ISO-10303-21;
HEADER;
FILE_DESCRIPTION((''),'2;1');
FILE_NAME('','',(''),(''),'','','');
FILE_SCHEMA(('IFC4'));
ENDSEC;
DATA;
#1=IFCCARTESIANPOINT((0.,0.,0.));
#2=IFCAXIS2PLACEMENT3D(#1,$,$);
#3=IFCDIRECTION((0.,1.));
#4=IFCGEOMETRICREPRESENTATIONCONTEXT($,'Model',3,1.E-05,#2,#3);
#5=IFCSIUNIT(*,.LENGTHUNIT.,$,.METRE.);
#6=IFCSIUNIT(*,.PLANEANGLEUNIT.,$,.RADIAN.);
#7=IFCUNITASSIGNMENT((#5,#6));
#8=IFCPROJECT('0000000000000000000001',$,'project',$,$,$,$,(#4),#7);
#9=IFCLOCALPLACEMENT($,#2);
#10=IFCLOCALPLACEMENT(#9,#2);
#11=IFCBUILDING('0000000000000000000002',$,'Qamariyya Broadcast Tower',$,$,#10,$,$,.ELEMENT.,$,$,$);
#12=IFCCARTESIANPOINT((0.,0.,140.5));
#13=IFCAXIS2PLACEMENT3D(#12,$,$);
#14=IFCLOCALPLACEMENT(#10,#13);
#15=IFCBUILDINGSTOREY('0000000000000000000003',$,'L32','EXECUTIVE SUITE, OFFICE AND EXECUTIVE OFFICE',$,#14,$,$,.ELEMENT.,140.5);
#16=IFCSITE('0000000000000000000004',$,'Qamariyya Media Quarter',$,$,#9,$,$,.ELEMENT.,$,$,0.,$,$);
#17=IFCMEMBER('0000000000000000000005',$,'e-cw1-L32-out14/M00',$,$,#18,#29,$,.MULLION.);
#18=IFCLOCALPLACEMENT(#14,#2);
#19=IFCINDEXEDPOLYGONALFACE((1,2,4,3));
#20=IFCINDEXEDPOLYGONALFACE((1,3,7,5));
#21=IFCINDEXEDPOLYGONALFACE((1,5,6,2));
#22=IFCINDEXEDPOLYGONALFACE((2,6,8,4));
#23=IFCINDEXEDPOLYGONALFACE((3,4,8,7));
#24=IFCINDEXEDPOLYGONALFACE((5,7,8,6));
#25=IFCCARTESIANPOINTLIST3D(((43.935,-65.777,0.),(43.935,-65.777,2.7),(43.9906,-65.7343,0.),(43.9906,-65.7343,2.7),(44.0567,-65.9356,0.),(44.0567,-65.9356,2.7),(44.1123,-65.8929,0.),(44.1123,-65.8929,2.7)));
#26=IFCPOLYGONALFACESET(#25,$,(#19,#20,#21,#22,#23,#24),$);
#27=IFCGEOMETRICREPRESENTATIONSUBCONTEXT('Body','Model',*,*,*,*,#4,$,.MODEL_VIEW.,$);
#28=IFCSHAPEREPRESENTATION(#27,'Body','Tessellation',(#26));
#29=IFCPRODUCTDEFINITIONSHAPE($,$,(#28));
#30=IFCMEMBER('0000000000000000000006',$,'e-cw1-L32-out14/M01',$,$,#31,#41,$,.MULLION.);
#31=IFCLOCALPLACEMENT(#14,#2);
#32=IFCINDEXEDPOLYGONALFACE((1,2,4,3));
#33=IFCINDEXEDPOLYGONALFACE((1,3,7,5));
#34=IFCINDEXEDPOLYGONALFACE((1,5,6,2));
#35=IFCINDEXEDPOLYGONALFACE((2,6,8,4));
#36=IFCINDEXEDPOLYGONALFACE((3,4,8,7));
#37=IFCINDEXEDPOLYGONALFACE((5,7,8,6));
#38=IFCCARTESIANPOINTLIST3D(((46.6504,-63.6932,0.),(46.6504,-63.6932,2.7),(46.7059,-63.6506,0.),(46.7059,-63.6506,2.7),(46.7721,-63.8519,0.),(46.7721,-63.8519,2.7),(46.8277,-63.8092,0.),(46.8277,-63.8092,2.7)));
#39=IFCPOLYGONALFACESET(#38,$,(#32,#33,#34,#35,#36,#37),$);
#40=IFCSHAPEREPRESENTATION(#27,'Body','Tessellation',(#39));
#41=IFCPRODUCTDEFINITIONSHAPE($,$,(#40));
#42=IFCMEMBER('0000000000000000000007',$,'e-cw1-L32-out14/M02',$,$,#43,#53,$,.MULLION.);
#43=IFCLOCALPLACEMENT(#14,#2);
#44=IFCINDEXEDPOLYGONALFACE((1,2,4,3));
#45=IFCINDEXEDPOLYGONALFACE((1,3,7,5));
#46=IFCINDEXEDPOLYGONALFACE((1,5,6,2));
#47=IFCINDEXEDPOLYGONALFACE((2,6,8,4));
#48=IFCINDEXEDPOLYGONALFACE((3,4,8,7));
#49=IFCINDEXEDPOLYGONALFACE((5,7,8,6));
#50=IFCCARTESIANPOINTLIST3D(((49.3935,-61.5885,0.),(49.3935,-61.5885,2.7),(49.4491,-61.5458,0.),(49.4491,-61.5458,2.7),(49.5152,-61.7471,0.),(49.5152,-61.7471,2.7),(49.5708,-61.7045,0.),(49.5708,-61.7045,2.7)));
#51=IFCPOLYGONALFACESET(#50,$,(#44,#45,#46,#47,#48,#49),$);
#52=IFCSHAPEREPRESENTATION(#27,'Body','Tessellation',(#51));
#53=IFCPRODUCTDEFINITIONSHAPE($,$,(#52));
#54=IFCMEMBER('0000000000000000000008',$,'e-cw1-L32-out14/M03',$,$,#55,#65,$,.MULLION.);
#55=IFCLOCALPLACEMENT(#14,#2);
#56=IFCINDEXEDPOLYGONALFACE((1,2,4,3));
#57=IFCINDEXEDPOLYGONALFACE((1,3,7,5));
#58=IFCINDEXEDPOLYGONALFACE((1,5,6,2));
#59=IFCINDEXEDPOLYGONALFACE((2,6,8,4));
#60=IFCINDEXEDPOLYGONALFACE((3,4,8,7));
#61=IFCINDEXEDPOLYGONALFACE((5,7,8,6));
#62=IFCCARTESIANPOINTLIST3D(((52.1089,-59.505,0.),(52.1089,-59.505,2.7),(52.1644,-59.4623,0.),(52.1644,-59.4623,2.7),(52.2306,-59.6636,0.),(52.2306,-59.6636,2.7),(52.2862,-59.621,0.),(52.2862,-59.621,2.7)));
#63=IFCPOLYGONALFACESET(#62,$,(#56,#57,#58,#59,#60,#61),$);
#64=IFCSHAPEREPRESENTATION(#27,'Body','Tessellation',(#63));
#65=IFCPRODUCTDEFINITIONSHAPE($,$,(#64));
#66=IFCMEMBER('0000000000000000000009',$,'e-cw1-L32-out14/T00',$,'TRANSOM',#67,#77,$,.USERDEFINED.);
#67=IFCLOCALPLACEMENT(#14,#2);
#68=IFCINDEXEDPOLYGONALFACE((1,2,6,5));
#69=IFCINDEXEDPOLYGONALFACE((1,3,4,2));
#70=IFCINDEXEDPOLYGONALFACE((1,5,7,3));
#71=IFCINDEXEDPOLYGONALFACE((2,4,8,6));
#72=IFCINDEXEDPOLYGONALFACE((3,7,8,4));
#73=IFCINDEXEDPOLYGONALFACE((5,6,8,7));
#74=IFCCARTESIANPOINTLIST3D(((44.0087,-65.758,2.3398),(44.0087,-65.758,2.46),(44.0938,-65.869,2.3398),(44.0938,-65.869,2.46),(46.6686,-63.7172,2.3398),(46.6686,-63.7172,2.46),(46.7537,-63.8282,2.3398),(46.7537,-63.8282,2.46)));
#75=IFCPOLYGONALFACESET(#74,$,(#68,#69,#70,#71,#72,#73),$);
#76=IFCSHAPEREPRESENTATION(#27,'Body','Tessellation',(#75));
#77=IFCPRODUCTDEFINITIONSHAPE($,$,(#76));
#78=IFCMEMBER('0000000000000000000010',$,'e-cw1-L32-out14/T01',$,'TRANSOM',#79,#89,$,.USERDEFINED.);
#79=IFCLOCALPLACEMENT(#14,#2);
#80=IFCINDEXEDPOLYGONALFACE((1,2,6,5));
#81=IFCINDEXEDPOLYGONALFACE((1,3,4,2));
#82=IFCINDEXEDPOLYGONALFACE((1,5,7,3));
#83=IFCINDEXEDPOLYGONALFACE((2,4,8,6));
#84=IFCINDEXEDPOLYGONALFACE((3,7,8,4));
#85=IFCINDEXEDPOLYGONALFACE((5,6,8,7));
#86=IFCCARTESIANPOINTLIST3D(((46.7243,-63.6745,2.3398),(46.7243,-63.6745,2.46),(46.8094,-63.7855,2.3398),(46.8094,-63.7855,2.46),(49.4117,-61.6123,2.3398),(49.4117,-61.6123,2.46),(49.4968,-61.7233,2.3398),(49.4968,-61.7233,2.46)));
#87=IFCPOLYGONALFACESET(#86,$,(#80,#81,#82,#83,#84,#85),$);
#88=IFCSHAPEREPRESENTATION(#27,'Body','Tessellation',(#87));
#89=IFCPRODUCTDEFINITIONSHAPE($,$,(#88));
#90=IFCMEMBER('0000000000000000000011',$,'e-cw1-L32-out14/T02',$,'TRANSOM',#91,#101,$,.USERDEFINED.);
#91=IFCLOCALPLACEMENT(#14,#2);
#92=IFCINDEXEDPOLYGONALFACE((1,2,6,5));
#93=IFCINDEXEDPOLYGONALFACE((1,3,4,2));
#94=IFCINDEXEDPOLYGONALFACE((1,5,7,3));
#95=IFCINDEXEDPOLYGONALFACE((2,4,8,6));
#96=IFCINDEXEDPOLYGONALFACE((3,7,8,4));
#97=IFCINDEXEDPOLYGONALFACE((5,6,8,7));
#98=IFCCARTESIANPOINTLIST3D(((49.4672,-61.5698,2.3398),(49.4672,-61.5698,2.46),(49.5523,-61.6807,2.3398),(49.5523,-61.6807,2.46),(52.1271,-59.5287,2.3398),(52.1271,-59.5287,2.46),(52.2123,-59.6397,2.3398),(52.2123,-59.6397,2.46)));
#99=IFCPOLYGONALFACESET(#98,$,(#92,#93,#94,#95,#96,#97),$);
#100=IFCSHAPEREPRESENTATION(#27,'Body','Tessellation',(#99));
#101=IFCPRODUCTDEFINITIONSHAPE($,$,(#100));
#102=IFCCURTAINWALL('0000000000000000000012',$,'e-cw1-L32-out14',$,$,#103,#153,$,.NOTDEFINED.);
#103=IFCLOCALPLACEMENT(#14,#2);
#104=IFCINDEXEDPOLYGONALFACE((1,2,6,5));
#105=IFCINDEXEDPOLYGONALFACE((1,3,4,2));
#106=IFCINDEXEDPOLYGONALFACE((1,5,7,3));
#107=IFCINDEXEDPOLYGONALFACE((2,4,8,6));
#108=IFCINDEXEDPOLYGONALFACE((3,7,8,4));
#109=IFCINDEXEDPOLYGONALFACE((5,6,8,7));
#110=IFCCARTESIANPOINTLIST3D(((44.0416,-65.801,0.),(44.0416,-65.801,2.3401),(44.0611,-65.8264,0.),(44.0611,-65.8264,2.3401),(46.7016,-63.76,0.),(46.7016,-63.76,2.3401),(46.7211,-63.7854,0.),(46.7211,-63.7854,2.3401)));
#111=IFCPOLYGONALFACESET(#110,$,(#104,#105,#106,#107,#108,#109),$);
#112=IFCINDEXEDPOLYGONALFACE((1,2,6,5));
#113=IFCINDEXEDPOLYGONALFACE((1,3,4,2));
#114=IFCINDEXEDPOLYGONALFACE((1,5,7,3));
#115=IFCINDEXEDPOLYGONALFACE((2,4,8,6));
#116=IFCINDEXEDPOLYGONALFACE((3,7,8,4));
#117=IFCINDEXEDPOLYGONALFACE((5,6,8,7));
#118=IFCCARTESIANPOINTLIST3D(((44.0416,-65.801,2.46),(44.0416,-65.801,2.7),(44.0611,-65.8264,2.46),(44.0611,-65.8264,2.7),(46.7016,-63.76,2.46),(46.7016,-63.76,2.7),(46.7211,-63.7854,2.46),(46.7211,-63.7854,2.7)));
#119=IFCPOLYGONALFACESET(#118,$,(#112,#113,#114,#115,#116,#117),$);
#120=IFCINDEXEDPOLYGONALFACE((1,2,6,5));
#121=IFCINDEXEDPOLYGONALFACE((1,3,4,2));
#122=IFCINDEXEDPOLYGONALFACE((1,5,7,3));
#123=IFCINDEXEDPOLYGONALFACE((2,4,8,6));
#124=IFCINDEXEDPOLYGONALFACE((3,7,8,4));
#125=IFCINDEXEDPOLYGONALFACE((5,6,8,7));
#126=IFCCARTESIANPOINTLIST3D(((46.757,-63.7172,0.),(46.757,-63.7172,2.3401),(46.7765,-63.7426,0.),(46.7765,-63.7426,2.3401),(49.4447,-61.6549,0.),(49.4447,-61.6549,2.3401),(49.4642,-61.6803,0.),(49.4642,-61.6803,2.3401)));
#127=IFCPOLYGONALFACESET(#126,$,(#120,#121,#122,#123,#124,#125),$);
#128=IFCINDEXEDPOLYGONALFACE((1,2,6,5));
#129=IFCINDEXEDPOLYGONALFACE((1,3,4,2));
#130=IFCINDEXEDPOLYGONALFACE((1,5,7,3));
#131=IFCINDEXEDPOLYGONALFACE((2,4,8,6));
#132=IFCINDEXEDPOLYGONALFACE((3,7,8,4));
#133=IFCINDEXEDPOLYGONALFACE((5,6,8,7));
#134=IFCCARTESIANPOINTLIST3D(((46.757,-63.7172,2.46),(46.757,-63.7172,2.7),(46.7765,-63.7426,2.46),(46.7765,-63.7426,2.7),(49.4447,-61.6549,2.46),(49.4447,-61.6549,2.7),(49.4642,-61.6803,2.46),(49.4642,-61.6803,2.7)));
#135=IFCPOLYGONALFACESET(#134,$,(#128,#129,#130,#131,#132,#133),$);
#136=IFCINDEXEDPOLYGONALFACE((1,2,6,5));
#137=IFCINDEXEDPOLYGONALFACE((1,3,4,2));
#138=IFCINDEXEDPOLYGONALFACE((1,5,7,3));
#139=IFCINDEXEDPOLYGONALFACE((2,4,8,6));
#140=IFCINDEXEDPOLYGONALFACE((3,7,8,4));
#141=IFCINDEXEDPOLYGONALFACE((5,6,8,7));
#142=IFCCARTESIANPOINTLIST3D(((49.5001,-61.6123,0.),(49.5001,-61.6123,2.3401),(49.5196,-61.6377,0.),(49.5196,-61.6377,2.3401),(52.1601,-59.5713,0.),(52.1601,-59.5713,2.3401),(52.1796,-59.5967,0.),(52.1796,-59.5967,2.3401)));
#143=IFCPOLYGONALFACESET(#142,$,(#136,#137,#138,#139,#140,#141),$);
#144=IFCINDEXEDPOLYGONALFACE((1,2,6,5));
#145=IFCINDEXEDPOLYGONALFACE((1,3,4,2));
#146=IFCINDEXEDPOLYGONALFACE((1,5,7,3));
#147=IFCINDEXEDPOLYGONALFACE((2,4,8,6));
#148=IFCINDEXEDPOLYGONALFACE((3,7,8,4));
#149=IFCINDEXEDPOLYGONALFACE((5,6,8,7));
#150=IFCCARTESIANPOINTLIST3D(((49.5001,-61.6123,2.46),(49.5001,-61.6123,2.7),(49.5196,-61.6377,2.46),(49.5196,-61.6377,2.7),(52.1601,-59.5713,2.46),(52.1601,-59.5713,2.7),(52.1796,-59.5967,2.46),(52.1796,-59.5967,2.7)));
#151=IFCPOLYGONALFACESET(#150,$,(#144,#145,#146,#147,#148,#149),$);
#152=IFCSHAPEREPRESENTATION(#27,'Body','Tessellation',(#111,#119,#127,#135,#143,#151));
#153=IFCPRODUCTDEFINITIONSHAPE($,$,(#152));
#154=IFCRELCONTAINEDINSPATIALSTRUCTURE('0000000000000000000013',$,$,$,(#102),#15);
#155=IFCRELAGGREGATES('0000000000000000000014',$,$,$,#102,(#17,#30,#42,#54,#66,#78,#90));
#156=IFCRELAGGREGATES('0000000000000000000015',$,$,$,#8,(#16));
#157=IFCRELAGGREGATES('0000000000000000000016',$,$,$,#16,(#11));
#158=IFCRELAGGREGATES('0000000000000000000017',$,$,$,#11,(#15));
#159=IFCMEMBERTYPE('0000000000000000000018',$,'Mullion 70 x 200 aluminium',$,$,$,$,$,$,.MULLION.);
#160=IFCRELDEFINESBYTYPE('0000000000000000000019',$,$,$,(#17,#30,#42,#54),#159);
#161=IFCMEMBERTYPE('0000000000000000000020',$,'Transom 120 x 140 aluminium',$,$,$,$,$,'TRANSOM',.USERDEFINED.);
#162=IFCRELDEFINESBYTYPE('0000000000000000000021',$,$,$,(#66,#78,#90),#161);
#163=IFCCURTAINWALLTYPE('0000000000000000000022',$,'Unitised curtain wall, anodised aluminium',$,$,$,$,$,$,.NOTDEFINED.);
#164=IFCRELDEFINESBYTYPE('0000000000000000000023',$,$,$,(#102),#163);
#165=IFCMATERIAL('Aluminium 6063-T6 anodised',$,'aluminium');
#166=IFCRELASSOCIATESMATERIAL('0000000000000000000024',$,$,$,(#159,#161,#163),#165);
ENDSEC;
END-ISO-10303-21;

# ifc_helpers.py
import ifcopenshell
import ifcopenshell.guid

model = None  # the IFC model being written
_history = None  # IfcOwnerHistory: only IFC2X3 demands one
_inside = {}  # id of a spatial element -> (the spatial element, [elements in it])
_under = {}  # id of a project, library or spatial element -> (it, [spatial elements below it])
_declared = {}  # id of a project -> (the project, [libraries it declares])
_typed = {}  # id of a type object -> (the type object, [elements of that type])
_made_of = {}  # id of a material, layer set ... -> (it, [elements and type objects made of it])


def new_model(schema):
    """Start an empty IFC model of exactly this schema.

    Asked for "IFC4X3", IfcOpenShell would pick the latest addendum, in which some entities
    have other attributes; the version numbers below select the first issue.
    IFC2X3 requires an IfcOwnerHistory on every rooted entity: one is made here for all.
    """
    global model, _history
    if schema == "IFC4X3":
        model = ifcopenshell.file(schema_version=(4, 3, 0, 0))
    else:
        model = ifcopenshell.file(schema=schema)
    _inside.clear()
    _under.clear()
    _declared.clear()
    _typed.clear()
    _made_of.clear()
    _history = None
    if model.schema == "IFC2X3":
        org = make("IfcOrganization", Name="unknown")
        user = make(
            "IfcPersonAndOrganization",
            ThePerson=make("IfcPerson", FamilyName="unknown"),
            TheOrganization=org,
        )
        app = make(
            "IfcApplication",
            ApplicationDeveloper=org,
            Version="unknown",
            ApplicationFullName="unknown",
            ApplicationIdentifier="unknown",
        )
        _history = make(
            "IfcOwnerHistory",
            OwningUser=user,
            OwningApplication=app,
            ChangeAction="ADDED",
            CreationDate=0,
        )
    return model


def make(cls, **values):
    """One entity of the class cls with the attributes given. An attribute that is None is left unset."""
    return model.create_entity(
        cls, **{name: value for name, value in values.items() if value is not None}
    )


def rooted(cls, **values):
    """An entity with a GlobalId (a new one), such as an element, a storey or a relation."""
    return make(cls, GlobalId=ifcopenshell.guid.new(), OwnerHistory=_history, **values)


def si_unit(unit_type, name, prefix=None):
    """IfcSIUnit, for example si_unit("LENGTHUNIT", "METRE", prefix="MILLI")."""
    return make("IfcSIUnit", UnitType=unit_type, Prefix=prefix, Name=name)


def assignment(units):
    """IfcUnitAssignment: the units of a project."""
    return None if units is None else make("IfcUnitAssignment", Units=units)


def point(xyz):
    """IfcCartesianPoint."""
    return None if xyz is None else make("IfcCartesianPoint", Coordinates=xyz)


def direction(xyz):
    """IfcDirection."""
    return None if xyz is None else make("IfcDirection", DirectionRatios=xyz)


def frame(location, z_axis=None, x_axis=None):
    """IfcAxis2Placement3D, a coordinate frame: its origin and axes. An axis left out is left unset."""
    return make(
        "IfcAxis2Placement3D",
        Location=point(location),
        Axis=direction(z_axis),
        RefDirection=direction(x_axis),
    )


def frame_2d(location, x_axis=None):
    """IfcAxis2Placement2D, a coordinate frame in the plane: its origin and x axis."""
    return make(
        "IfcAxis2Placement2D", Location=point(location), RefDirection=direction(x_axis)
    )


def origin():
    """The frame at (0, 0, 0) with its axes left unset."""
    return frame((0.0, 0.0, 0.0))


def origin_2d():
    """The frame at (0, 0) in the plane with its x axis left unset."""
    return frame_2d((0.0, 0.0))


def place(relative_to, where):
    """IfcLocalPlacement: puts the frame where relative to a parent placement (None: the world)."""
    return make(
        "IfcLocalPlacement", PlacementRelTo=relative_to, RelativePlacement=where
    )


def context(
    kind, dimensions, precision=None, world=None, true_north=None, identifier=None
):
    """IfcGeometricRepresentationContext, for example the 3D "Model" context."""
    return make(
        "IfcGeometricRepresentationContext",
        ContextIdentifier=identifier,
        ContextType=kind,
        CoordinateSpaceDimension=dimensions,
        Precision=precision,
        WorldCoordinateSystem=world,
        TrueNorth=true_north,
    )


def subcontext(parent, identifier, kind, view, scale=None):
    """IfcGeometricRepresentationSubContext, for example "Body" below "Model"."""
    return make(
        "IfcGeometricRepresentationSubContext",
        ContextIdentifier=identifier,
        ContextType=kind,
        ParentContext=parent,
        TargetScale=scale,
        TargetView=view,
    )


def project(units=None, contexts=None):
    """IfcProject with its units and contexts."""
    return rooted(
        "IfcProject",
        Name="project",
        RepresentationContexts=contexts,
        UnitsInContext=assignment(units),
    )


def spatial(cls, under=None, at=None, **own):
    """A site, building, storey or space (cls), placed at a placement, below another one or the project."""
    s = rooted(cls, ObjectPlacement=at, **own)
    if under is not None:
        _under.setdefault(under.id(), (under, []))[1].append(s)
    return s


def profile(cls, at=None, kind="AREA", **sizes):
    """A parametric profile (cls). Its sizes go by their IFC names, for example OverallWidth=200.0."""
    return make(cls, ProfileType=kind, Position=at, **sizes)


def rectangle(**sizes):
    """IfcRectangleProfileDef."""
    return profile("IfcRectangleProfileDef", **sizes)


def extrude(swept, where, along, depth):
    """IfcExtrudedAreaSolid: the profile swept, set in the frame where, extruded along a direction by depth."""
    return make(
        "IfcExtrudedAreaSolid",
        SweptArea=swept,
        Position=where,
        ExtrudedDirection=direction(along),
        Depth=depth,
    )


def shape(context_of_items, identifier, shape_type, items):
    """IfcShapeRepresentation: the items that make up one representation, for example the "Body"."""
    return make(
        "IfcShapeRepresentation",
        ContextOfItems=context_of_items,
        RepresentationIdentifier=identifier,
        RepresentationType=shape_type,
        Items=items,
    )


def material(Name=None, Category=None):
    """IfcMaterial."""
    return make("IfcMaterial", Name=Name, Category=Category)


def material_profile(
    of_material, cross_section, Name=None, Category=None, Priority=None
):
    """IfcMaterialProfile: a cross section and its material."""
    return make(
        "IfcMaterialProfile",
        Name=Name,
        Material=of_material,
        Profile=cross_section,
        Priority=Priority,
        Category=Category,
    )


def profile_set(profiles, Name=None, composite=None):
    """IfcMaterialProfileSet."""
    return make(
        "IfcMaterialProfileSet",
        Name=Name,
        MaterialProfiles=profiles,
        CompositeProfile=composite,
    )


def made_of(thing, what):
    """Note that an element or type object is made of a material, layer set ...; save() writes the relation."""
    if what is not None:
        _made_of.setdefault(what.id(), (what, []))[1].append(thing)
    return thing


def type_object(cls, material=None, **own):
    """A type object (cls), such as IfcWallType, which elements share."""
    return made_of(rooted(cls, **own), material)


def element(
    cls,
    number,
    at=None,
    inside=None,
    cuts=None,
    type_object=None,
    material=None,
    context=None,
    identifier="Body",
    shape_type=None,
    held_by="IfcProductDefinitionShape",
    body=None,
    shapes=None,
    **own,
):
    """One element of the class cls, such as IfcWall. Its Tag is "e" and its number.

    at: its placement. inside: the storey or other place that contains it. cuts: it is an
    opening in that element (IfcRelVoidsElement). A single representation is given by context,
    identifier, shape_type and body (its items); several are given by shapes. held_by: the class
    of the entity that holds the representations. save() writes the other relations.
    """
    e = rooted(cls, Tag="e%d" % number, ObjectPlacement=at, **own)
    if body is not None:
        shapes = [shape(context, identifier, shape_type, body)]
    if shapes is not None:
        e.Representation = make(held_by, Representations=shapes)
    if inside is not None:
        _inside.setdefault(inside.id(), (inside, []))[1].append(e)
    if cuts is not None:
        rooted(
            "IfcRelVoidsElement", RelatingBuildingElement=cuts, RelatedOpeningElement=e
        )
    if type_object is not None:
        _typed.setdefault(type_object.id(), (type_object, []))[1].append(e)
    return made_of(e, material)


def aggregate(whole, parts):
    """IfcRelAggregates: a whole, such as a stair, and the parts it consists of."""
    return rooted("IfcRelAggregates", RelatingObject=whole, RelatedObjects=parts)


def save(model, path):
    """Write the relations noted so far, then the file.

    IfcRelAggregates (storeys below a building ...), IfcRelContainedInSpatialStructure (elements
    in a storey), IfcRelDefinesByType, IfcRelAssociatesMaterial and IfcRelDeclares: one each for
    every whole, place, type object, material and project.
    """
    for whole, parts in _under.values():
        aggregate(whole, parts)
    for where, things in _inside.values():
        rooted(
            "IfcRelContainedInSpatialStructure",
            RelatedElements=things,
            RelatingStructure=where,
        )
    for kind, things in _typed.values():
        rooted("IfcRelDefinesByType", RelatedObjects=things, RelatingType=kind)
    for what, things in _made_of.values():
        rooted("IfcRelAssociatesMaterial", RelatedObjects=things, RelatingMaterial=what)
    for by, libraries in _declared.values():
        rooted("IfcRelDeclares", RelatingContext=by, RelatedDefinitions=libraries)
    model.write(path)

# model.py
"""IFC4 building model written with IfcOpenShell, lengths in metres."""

from ifc_helpers import new_model, si_unit, direction, frame, origin, origin_2d, place, context, subcontext, project, spatial, rectangle, extrude, material, material_profile, profile_set, type_object, element, aggregate, save


model = new_model("IFC4")

# Units and contexts
model_context = context("Model", 3, precision=1e-05, world=origin(), true_north=direction((0.0, 1.0)))
body_context = subcontext(model_context, "Body", "Model", "MODEL_VIEW")
ifc_project = project(units=[si_unit("LENGTHUNIT", "METRE"), si_unit("PLANEANGLEUNIT", "RADIAN")], contexts=[model_context])

# Members
ifc_material = material(Name="Aluminium 6063-T6 anodised", Category="aluminium")
ifc_material_profile_1 = material_profile(ifc_material, rectangle(XDim=0.2, YDim=0.0701, at=origin_2d()))
ifc_profile_set_1 = profile_set([ifc_material_profile_1], Name="Aluminium 6063-T6 anodised")
member_type_1 = type_object("IfcMemberType", Name="Mullion 70 x 200 aluminium", PredefinedType="MULLION", material=ifc_profile_set_1)
site_placement = place(None, origin())
building_placement = place(site_placement, origin())
storey_placement = place(building_placement, frame((0.0, 0.0, 140.5)))
member_1_placement = place(storey_placement, frame((44.0237, -65.835, 0.0), z_axis=(0.0, 0.0, 1.0), x_axis=(-0.608761, 0.793353, 0.0)))
member_1 = element("IfcMember", 1, at=member_1_placement, type_object=member_type_1, Name="e-cw1-L32-out14/M00", PredefinedType="MULLION", context=body_context, shape_type="SweptSolid", body=[
    extrude(rectangle(XDim=0.2, YDim=0.0701, at=origin_2d()), origin(), (0.0, 0.0, 1.0), 2.7),
])
member_2_placement = place(storey_placement, frame((46.739, -63.7512, 0.0), z_axis=(0.0, 0.0, 1.0), x_axis=(-0.608761, 0.793353, 0.0)))
member_2 = element("IfcMember", 2, at=member_2_placement, type_object=member_type_1, Name="e-cw1-L32-out14/M01", PredefinedType="MULLION", context=body_context, shape_type="SweptSolid", body=[
    extrude(rectangle(XDim=0.2, YDim=0.0701, at=origin_2d()), origin(), (0.0, 0.0, 1.0), 2.7),
])
member_3_placement = place(storey_placement, frame((49.4822, -61.6465, 0.0), z_axis=(0.0, 0.0, 1.0), x_axis=(-0.608761, 0.793353, 0.0)))
member_3 = element("IfcMember", 3, at=member_3_placement, type_object=member_type_1, Name="e-cw1-L32-out14/M02", PredefinedType="MULLION", context=body_context, shape_type="SweptSolid", body=[
    extrude(rectangle(XDim=0.2, YDim=0.0701, at=origin_2d()), origin(), (0.0, 0.0, 1.0), 2.7),
])
member_4_placement = place(storey_placement, frame((52.1975, -59.563, 0.0), z_axis=(0.0, 0.0, 1.0), x_axis=(-0.608761, 0.793353, 0.0)))
member_4 = element("IfcMember", 4, at=member_4_placement, type_object=member_type_1, Name="e-cw1-L32-out14/M03", PredefinedType="MULLION", context=body_context, shape_type="SweptSolid", body=[
    extrude(rectangle(XDim=0.2, YDim=0.0701, at=origin_2d()), origin(), (0.0, 0.0, 1.0), 2.7),
])
ifc_material_profile_2 = material_profile(ifc_material, rectangle(XDim=0.1399, YDim=0.1201, at=origin_2d()))
ifc_profile_set_2 = profile_set([ifc_material_profile_2], Name="Aluminium 6063-T6 anodised")
member_type_2 = type_object("IfcMemberType", Name="Transom 120 x 140 aluminium", ElementType="TRANSOM", PredefinedType="USERDEFINED", material=ifc_profile_set_2)
member_5_placement = place(storey_placement, frame((44.0513, -65.8135, 2.3999), z_axis=(0.793389, 0.608714, 0.0), x_axis=(-0.608714, 0.793389, 0.0)))
member_5 = element("IfcMember", 5, at=member_5_placement, type_object=member_type_2, Name="e-cw1-L32-out14/T00", ObjectType="TRANSOM", PredefinedType="USERDEFINED", context=body_context, shape_type="SweptSolid", body=[
    extrude(rectangle(XDim=0.1399, YDim=0.1201, at=origin_2d()), origin(), (0.0, 0.0, 1.0), 3.3525),
])
member_6_placement = place(storey_placement, frame((46.7668, -63.73, 2.3999), z_axis=(0.793344, 0.608773, 0.0), x_axis=(-0.608773, 0.793344, 0.0)))
member_6 = element("IfcMember", 6, at=member_6_placement, type_object=member_type_2, Name="e-cw1-L32-out14/T01", ObjectType="TRANSOM", PredefinedType="USERDEFINED", context=body_context, shape_type="SweptSolid", body=[
    extrude(rectangle(XDim=0.1399, YDim=0.1201, at=origin_2d()), origin(), (0.0, 0.0, 1.0), 3.3875),
])
member_7_placement = place(storey_placement, frame((49.5098, -61.6252, 2.3999), z_axis=(0.793354, 0.60876, 0.0), x_axis=(-0.60876, 0.793354, 0.0)))
member_7 = element("IfcMember", 7, at=member_7_placement, type_object=member_type_2, Name="e-cw1-L32-out14/T02", ObjectType="TRANSOM", PredefinedType="USERDEFINED", context=body_context, shape_type="SweptSolid", body=[
    extrude(rectangle(XDim=0.1399, YDim=0.1201, at=origin_2d()), origin(), (0.0, 0.0, 1.0), 3.3528),
])

# Site, building, storey
site = spatial("IfcSite", under=ifc_project, at=site_placement, Name="Qamariyya Media Quarter", CompositionType="ELEMENT", RefElevation=0.0)
building = spatial("IfcBuilding", under=site, at=building_placement, Name="Qamariyya Broadcast Tower", CompositionType="ELEMENT")
storey = spatial("IfcBuildingStorey", under=building, at=storey_placement, Name="L32", Description="EXECUTIVE SUITE, OFFICE AND EXECUTIVE OFFICE", CompositionType="ELEMENT", Elevation=140.5)

# Curtain wall
curtain_wall_type = type_object("IfcCurtainWallType", Name="Unitised curtain wall, anodised aluminium", PredefinedType="NOTDEFINED", material=ifc_material)
curtain_wall_1_placement = place(storey_placement, origin())
curtain_wall_1 = element("IfcCurtainWall", 8, at=curtain_wall_1_placement, inside=storey, type_object=curtain_wall_type, Name="e-cw1-L32-out14", PredefinedType="NOTDEFINED", context=body_context, shape_type="SweptSolid", body=[
    extrude(rectangle(XDim=3.3528, YDim=0.032, at=origin_2d()), frame((45.3813, -64.7932, 0.0), x_axis=(0.793354, 0.608761, 0.0)), (0.0, 0.0, 1.0), 2.3401),
    extrude(rectangle(XDim=3.3528, YDim=0.032, at=origin_2d()), frame((45.3813, -64.7932, 2.46), x_axis=(0.793354, 0.608761, 0.0)), (0.0, 0.0, 1.0), 0.24),
    extrude(rectangle(XDim=3.3877, YDim=0.032, at=origin_2d()), frame((48.1106, -62.6987, 0.0), x_axis=(0.793354, 0.608761, 0.0)), (0.0, 0.0, 1.0), 2.3401),
    extrude(rectangle(XDim=3.3877, YDim=0.032, at=origin_2d()), frame((48.1106, -62.6987, 2.46), x_axis=(0.793354, 0.608761, 0.0)), (0.0, 0.0, 1.0), 0.24),
    extrude(rectangle(XDim=3.3528, YDim=0.032, at=origin_2d()), frame((50.8398, -60.6045, 0.0), x_axis=(0.793354, 0.608761, 0.0)), (0.0, 0.0, 1.0), 2.3401),
    extrude(rectangle(XDim=3.3528, YDim=0.032, at=origin_2d()), frame((50.8398, -60.6045, 2.46), x_axis=(0.793354, 0.608761, 0.0)), (0.0, 0.0, 1.0), 0.24),
])
aggregate(curtain_wall_1, [member_1, member_2, member_3, member_4, member_5, member_6, member_7])

save(model, "model.ifc")
